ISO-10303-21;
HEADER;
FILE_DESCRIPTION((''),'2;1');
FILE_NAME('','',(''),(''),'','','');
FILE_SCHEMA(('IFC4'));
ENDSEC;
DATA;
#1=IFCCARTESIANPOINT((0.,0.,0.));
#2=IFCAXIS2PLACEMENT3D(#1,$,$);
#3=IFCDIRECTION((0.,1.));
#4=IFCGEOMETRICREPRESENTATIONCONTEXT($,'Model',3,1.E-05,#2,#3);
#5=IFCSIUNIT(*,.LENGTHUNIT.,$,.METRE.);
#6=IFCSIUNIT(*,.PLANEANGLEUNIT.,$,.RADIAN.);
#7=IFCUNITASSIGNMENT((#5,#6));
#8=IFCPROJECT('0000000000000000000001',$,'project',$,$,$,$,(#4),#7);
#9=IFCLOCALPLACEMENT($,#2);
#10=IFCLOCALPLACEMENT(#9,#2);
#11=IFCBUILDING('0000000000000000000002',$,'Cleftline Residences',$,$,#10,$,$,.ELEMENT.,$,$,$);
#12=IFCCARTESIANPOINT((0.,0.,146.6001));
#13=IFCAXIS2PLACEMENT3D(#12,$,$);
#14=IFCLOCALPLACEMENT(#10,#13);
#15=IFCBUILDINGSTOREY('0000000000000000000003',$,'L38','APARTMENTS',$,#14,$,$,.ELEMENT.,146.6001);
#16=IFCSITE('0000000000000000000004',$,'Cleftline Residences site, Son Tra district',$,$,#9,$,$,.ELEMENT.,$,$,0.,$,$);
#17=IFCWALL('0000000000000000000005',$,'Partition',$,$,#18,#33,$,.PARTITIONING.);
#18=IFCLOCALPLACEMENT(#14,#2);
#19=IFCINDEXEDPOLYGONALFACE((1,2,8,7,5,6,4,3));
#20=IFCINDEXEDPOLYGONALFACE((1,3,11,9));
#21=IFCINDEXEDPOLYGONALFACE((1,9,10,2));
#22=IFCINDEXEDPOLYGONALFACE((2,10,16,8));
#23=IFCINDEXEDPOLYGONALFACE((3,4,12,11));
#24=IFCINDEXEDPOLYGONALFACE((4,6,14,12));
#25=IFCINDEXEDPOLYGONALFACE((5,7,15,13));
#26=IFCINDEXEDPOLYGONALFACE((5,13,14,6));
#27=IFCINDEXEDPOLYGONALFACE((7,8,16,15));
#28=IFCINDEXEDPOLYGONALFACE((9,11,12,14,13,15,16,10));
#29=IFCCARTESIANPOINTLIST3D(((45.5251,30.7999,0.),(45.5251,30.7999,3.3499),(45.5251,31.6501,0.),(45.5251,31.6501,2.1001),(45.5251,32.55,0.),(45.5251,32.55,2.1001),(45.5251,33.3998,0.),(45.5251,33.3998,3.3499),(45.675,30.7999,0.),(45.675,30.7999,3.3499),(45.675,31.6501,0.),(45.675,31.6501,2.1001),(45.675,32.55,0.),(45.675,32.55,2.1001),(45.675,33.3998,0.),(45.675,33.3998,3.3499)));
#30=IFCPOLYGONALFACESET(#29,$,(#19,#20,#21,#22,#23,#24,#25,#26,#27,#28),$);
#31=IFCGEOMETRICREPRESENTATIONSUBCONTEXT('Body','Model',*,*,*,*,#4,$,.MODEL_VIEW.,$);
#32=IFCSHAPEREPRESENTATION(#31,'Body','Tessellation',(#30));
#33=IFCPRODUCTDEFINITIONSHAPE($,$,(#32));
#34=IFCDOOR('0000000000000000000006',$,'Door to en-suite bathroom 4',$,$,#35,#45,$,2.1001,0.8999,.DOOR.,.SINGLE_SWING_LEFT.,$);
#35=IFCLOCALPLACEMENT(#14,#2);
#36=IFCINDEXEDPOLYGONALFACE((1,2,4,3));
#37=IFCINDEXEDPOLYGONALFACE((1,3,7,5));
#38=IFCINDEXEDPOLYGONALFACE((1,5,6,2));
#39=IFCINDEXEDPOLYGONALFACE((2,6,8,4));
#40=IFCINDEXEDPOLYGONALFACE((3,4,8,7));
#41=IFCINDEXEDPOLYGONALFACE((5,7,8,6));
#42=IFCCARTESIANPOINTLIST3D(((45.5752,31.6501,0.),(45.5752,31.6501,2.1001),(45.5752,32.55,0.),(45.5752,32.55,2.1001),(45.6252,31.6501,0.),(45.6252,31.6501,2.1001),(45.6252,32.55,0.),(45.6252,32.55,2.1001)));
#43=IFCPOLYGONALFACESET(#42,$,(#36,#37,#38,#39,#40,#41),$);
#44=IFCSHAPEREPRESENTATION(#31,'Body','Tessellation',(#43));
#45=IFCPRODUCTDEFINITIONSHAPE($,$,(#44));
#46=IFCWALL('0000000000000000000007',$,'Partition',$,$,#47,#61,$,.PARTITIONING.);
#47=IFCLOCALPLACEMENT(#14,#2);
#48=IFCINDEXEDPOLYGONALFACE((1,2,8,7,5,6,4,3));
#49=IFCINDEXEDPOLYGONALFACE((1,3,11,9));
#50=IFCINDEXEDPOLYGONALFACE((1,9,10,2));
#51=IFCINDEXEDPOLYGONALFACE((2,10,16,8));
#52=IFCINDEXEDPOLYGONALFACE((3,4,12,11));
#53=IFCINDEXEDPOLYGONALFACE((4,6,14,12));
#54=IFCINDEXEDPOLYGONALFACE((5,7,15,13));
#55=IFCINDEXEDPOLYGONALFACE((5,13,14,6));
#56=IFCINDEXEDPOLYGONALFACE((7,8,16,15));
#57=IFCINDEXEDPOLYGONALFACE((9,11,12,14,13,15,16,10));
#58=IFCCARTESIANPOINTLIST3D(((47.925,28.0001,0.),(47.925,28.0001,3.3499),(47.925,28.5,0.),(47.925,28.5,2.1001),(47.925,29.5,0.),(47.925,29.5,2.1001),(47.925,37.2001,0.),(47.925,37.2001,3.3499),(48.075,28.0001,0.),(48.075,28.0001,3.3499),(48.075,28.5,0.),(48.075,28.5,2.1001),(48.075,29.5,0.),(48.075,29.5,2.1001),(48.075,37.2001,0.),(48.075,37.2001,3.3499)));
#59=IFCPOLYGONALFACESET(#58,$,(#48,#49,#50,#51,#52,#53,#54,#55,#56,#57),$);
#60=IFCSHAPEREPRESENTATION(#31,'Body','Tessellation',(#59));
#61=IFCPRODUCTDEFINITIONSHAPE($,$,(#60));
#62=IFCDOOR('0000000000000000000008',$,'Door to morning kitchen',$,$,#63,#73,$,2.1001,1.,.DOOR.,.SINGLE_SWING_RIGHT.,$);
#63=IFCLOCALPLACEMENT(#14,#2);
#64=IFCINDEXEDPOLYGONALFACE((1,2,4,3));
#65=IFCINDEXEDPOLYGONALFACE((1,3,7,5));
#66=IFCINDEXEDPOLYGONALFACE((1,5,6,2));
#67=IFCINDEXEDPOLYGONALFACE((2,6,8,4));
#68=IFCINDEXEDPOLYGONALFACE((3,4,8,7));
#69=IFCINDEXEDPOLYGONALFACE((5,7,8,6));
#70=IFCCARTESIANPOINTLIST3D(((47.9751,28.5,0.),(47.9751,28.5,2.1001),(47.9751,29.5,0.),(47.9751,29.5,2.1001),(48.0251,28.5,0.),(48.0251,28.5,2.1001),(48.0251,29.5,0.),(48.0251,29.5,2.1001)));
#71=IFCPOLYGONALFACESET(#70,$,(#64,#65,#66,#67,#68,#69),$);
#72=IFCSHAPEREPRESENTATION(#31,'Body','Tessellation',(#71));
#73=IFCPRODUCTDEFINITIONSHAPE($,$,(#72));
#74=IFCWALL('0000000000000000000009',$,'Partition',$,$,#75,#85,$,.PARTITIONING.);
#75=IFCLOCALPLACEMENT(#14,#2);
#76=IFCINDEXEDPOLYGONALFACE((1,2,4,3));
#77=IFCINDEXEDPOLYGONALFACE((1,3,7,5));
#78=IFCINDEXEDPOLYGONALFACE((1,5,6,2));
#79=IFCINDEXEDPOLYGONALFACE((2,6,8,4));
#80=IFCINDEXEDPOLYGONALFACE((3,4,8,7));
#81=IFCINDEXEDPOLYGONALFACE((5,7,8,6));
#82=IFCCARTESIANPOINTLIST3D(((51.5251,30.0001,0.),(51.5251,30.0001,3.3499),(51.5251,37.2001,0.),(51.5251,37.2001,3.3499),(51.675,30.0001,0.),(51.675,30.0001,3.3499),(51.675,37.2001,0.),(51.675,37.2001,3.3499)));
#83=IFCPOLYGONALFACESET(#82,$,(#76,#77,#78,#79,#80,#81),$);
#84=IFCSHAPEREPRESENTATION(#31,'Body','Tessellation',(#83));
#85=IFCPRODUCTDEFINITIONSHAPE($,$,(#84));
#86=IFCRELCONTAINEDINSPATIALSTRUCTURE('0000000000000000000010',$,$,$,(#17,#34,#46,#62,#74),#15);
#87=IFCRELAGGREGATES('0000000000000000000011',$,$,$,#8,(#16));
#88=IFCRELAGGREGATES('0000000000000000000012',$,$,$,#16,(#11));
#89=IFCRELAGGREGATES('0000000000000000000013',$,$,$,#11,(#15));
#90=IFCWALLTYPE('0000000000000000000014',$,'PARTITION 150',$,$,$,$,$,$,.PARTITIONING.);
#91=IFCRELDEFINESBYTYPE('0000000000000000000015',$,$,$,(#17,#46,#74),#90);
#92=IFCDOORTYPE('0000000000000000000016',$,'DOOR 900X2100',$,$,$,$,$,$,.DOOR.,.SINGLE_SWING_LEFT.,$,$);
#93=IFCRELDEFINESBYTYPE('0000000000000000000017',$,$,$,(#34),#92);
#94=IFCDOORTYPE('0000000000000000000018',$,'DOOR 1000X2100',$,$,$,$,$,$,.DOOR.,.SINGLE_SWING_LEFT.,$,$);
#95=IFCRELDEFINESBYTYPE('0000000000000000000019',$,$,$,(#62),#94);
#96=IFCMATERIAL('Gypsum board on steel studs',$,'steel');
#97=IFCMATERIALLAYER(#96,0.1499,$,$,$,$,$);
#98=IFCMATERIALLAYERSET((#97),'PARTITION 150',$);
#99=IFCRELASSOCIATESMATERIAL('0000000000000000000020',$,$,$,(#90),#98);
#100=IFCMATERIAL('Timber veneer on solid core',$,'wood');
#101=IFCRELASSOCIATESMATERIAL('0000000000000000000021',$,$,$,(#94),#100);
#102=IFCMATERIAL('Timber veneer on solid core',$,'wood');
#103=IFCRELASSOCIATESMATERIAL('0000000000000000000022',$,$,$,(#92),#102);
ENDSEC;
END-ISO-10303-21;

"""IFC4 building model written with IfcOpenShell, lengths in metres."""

from ifc_helpers import new_model, si_unit, direction, frame, frame_2d, origin, place, context, subcontext, project, spatial, rectangle, extrude, material, layer, layer_set, type_object, element, fill, save


model = new_model("IFC4")

# Units and contexts
model_context = context("Model", 3, precision=1e-05, world=origin(), true_north=direction((0.0, 1.0)))
body_context = subcontext(model_context, "Body", "Model", "MODEL_VIEW")
ifc_project = project(units=[si_unit("LENGTHUNIT", "METRE"), si_unit("PLANEANGLEUNIT", "RADIAN")], contexts=[model_context])

# Site, building, storey
site_placement = place(None, origin())
site = spatial("IfcSite", under=ifc_project, at=site_placement, Name="Cleftline Residences site, Son Tra district", CompositionType="ELEMENT", RefElevation=0.0)
building_placement = place(site_placement, origin())
building = spatial("IfcBuilding", under=site, at=building_placement, Name="Cleftline Residences", CompositionType="ELEMENT")
storey_placement = place(building_placement, frame((0.0, 0.0, 146.6001)))
storey = spatial("IfcBuildingStorey", under=building, at=storey_placement, Name="L38", Description="APARTMENTS", CompositionType="ELEMENT", Elevation=146.6001)

# Shared definitions
ifc_material_1 = material(Name="Gypsum board on steel studs", Category="steel")
ifc_layer_1 = layer(ifc_material_1, 0.1499)
ifc_layer_set_1 = layer_set([ifc_layer_1], Name="PARTITION 150")
wall_type_1 = type_object("IfcWallType", Name="PARTITION 150", PredefinedType="PARTITIONING", material=ifc_layer_set_1)
ifc_material_2 = material(Name="Timber veneer on solid core", Category="wood")
door_type_1 = type_object("IfcDoorType", Name="DOOR 1000X2100", OperationType="SINGLE_SWING_LEFT", PredefinedType="DOOR", material=ifc_material_2)

# Shared definitions
ifc_material_3 = material(Name="Timber veneer on solid core", Category="wood")
door_type_2 = type_object("IfcDoorType", Name="DOOR 900X2100", OperationType="SINGLE_SWING_LEFT", PredefinedType="DOOR", material=ifc_material_3)

# Walls, openings, doors
wall_1_placement = place(storey_placement, frame((45.6001, 30.8, 0.0), z_axis=(0.0, 0.0, 1.0), x_axis=(0.0, 1.0, 0.0)))
wall_1 = element("IfcWall", 1, at=wall_1_placement, inside=storey, type_object=wall_type_1, Name="Partition", PredefinedType="PARTITIONING", context=body_context, shape_type="SweptSolid", body=[
    extrude(rectangle(XDim=2.5999, YDim=0.1499, at=frame_2d((1.2998, 0.0))), origin(), (0.0, 0.0, 1.0), 3.3499),
])
opening_1_placement = place(wall_1_placement, frame((0.8501, 0.0, 0.0)))
opening_1 = element("IfcOpeningElement", 2, at=opening_1_placement, cuts=wall_1, PredefinedType="OPENING", context=body_context, shape_type="SweptSolid", body=[
    extrude(rectangle(XDim=0.8999, YDim=2.1001, at=frame_2d((0.45, 1.05))), frame((0.0, 0.085, 0.0), z_axis=(0.0, -1.0, 0.0), x_axis=(1.0, 0.0, 0.0)), (0.0, 0.0, 1.0), 0.1699),
])
door_1_placement = place(opening_1_placement, origin())
door_1 = element("IfcDoor", 3, at=door_1_placement, inside=storey, type_object=door_type_2, Name="Door to en-suite bathroom 4", OperationType="SINGLE_SWING_LEFT", OverallHeight=2.1001, OverallWidth=0.8999, PredefinedType="DOOR", context=body_context, shape_type="SweptSolid", body=[
    extrude(rectangle(XDim=0.8999, YDim=2.1001, at=frame_2d((0.45, 1.05))), frame((0.0, 0.0249, 0.0), z_axis=(0.0, -1.0, 0.0), x_axis=(1.0, 0.0, 0.0)), (0.0, 0.0, 1.0), 0.05),
])
fill(opening_1, door_1)
wall_2_placement = place(storey_placement, frame((48.0, 28.0, 0.0), z_axis=(0.0, 0.0, 1.0), x_axis=(0.0, 1.0, 0.0)))
wall_2 = element("IfcWall", 4, at=wall_2_placement, inside=storey, type_object=wall_type_1, Name="Partition", PredefinedType="PARTITIONING", context=body_context, shape_type="SweptSolid", body=[
    extrude(rectangle(XDim=9.2, YDim=0.1499, at=frame_2d((4.6001, 0.0))), origin(), (0.0, 0.0, 1.0), 3.3499),
])
opening_2_placement = place(wall_2_placement, frame((0.5, 0.0, 0.0)))
opening_2 = element("IfcOpeningElement", 5, at=opening_2_placement, cuts=wall_2, PredefinedType="OPENING", context=body_context, shape_type="SweptSolid", body=[
    extrude(rectangle(XDim=1.0, YDim=2.1001, at=frame_2d((0.5, 1.05))), frame((0.0, 0.085, 0.0), z_axis=(0.0, -1.0, 0.0), x_axis=(1.0, 0.0, 0.0)), (0.0, 0.0, 1.0), 0.1699),
])
door_2_placement = place(opening_2_placement, origin())
door_2 = element("IfcDoor", 6, at=door_2_placement, inside=storey, type_object=door_type_1, Name="Door to morning kitchen", OperationType="SINGLE_SWING_RIGHT", OverallHeight=2.1001, OverallWidth=1.0, PredefinedType="DOOR", context=body_context, shape_type="SweptSolid", body=[
    extrude(rectangle(XDim=1.0, YDim=2.1001, at=frame_2d((0.5, 1.05))), frame((0.0, 0.0249, 0.0), z_axis=(0.0, -1.0, 0.0), x_axis=(1.0, 0.0, 0.0)), (0.0, 0.0, 1.0), 0.05),
])
fill(opening_2, door_2)

# Wall
wall_3_placement = place(storey_placement, frame((51.6001, 30.0, 0.0), z_axis=(0.0, 0.0, 1.0), x_axis=(0.0, 1.0, 0.0)))
element("IfcWall", 7, at=wall_3_placement, inside=storey, type_object=wall_type_1, Name="Partition", PredefinedType="PARTITIONING", context=body_context, shape_type="SweptSolid", body=[
    extrude(rectangle(XDim=7.2, YDim=0.1499, at=frame_2d((3.6001, 0.0))), origin(), (0.0, 0.0, 1.0), 3.3499),
])

save(model, "model.ifc")
